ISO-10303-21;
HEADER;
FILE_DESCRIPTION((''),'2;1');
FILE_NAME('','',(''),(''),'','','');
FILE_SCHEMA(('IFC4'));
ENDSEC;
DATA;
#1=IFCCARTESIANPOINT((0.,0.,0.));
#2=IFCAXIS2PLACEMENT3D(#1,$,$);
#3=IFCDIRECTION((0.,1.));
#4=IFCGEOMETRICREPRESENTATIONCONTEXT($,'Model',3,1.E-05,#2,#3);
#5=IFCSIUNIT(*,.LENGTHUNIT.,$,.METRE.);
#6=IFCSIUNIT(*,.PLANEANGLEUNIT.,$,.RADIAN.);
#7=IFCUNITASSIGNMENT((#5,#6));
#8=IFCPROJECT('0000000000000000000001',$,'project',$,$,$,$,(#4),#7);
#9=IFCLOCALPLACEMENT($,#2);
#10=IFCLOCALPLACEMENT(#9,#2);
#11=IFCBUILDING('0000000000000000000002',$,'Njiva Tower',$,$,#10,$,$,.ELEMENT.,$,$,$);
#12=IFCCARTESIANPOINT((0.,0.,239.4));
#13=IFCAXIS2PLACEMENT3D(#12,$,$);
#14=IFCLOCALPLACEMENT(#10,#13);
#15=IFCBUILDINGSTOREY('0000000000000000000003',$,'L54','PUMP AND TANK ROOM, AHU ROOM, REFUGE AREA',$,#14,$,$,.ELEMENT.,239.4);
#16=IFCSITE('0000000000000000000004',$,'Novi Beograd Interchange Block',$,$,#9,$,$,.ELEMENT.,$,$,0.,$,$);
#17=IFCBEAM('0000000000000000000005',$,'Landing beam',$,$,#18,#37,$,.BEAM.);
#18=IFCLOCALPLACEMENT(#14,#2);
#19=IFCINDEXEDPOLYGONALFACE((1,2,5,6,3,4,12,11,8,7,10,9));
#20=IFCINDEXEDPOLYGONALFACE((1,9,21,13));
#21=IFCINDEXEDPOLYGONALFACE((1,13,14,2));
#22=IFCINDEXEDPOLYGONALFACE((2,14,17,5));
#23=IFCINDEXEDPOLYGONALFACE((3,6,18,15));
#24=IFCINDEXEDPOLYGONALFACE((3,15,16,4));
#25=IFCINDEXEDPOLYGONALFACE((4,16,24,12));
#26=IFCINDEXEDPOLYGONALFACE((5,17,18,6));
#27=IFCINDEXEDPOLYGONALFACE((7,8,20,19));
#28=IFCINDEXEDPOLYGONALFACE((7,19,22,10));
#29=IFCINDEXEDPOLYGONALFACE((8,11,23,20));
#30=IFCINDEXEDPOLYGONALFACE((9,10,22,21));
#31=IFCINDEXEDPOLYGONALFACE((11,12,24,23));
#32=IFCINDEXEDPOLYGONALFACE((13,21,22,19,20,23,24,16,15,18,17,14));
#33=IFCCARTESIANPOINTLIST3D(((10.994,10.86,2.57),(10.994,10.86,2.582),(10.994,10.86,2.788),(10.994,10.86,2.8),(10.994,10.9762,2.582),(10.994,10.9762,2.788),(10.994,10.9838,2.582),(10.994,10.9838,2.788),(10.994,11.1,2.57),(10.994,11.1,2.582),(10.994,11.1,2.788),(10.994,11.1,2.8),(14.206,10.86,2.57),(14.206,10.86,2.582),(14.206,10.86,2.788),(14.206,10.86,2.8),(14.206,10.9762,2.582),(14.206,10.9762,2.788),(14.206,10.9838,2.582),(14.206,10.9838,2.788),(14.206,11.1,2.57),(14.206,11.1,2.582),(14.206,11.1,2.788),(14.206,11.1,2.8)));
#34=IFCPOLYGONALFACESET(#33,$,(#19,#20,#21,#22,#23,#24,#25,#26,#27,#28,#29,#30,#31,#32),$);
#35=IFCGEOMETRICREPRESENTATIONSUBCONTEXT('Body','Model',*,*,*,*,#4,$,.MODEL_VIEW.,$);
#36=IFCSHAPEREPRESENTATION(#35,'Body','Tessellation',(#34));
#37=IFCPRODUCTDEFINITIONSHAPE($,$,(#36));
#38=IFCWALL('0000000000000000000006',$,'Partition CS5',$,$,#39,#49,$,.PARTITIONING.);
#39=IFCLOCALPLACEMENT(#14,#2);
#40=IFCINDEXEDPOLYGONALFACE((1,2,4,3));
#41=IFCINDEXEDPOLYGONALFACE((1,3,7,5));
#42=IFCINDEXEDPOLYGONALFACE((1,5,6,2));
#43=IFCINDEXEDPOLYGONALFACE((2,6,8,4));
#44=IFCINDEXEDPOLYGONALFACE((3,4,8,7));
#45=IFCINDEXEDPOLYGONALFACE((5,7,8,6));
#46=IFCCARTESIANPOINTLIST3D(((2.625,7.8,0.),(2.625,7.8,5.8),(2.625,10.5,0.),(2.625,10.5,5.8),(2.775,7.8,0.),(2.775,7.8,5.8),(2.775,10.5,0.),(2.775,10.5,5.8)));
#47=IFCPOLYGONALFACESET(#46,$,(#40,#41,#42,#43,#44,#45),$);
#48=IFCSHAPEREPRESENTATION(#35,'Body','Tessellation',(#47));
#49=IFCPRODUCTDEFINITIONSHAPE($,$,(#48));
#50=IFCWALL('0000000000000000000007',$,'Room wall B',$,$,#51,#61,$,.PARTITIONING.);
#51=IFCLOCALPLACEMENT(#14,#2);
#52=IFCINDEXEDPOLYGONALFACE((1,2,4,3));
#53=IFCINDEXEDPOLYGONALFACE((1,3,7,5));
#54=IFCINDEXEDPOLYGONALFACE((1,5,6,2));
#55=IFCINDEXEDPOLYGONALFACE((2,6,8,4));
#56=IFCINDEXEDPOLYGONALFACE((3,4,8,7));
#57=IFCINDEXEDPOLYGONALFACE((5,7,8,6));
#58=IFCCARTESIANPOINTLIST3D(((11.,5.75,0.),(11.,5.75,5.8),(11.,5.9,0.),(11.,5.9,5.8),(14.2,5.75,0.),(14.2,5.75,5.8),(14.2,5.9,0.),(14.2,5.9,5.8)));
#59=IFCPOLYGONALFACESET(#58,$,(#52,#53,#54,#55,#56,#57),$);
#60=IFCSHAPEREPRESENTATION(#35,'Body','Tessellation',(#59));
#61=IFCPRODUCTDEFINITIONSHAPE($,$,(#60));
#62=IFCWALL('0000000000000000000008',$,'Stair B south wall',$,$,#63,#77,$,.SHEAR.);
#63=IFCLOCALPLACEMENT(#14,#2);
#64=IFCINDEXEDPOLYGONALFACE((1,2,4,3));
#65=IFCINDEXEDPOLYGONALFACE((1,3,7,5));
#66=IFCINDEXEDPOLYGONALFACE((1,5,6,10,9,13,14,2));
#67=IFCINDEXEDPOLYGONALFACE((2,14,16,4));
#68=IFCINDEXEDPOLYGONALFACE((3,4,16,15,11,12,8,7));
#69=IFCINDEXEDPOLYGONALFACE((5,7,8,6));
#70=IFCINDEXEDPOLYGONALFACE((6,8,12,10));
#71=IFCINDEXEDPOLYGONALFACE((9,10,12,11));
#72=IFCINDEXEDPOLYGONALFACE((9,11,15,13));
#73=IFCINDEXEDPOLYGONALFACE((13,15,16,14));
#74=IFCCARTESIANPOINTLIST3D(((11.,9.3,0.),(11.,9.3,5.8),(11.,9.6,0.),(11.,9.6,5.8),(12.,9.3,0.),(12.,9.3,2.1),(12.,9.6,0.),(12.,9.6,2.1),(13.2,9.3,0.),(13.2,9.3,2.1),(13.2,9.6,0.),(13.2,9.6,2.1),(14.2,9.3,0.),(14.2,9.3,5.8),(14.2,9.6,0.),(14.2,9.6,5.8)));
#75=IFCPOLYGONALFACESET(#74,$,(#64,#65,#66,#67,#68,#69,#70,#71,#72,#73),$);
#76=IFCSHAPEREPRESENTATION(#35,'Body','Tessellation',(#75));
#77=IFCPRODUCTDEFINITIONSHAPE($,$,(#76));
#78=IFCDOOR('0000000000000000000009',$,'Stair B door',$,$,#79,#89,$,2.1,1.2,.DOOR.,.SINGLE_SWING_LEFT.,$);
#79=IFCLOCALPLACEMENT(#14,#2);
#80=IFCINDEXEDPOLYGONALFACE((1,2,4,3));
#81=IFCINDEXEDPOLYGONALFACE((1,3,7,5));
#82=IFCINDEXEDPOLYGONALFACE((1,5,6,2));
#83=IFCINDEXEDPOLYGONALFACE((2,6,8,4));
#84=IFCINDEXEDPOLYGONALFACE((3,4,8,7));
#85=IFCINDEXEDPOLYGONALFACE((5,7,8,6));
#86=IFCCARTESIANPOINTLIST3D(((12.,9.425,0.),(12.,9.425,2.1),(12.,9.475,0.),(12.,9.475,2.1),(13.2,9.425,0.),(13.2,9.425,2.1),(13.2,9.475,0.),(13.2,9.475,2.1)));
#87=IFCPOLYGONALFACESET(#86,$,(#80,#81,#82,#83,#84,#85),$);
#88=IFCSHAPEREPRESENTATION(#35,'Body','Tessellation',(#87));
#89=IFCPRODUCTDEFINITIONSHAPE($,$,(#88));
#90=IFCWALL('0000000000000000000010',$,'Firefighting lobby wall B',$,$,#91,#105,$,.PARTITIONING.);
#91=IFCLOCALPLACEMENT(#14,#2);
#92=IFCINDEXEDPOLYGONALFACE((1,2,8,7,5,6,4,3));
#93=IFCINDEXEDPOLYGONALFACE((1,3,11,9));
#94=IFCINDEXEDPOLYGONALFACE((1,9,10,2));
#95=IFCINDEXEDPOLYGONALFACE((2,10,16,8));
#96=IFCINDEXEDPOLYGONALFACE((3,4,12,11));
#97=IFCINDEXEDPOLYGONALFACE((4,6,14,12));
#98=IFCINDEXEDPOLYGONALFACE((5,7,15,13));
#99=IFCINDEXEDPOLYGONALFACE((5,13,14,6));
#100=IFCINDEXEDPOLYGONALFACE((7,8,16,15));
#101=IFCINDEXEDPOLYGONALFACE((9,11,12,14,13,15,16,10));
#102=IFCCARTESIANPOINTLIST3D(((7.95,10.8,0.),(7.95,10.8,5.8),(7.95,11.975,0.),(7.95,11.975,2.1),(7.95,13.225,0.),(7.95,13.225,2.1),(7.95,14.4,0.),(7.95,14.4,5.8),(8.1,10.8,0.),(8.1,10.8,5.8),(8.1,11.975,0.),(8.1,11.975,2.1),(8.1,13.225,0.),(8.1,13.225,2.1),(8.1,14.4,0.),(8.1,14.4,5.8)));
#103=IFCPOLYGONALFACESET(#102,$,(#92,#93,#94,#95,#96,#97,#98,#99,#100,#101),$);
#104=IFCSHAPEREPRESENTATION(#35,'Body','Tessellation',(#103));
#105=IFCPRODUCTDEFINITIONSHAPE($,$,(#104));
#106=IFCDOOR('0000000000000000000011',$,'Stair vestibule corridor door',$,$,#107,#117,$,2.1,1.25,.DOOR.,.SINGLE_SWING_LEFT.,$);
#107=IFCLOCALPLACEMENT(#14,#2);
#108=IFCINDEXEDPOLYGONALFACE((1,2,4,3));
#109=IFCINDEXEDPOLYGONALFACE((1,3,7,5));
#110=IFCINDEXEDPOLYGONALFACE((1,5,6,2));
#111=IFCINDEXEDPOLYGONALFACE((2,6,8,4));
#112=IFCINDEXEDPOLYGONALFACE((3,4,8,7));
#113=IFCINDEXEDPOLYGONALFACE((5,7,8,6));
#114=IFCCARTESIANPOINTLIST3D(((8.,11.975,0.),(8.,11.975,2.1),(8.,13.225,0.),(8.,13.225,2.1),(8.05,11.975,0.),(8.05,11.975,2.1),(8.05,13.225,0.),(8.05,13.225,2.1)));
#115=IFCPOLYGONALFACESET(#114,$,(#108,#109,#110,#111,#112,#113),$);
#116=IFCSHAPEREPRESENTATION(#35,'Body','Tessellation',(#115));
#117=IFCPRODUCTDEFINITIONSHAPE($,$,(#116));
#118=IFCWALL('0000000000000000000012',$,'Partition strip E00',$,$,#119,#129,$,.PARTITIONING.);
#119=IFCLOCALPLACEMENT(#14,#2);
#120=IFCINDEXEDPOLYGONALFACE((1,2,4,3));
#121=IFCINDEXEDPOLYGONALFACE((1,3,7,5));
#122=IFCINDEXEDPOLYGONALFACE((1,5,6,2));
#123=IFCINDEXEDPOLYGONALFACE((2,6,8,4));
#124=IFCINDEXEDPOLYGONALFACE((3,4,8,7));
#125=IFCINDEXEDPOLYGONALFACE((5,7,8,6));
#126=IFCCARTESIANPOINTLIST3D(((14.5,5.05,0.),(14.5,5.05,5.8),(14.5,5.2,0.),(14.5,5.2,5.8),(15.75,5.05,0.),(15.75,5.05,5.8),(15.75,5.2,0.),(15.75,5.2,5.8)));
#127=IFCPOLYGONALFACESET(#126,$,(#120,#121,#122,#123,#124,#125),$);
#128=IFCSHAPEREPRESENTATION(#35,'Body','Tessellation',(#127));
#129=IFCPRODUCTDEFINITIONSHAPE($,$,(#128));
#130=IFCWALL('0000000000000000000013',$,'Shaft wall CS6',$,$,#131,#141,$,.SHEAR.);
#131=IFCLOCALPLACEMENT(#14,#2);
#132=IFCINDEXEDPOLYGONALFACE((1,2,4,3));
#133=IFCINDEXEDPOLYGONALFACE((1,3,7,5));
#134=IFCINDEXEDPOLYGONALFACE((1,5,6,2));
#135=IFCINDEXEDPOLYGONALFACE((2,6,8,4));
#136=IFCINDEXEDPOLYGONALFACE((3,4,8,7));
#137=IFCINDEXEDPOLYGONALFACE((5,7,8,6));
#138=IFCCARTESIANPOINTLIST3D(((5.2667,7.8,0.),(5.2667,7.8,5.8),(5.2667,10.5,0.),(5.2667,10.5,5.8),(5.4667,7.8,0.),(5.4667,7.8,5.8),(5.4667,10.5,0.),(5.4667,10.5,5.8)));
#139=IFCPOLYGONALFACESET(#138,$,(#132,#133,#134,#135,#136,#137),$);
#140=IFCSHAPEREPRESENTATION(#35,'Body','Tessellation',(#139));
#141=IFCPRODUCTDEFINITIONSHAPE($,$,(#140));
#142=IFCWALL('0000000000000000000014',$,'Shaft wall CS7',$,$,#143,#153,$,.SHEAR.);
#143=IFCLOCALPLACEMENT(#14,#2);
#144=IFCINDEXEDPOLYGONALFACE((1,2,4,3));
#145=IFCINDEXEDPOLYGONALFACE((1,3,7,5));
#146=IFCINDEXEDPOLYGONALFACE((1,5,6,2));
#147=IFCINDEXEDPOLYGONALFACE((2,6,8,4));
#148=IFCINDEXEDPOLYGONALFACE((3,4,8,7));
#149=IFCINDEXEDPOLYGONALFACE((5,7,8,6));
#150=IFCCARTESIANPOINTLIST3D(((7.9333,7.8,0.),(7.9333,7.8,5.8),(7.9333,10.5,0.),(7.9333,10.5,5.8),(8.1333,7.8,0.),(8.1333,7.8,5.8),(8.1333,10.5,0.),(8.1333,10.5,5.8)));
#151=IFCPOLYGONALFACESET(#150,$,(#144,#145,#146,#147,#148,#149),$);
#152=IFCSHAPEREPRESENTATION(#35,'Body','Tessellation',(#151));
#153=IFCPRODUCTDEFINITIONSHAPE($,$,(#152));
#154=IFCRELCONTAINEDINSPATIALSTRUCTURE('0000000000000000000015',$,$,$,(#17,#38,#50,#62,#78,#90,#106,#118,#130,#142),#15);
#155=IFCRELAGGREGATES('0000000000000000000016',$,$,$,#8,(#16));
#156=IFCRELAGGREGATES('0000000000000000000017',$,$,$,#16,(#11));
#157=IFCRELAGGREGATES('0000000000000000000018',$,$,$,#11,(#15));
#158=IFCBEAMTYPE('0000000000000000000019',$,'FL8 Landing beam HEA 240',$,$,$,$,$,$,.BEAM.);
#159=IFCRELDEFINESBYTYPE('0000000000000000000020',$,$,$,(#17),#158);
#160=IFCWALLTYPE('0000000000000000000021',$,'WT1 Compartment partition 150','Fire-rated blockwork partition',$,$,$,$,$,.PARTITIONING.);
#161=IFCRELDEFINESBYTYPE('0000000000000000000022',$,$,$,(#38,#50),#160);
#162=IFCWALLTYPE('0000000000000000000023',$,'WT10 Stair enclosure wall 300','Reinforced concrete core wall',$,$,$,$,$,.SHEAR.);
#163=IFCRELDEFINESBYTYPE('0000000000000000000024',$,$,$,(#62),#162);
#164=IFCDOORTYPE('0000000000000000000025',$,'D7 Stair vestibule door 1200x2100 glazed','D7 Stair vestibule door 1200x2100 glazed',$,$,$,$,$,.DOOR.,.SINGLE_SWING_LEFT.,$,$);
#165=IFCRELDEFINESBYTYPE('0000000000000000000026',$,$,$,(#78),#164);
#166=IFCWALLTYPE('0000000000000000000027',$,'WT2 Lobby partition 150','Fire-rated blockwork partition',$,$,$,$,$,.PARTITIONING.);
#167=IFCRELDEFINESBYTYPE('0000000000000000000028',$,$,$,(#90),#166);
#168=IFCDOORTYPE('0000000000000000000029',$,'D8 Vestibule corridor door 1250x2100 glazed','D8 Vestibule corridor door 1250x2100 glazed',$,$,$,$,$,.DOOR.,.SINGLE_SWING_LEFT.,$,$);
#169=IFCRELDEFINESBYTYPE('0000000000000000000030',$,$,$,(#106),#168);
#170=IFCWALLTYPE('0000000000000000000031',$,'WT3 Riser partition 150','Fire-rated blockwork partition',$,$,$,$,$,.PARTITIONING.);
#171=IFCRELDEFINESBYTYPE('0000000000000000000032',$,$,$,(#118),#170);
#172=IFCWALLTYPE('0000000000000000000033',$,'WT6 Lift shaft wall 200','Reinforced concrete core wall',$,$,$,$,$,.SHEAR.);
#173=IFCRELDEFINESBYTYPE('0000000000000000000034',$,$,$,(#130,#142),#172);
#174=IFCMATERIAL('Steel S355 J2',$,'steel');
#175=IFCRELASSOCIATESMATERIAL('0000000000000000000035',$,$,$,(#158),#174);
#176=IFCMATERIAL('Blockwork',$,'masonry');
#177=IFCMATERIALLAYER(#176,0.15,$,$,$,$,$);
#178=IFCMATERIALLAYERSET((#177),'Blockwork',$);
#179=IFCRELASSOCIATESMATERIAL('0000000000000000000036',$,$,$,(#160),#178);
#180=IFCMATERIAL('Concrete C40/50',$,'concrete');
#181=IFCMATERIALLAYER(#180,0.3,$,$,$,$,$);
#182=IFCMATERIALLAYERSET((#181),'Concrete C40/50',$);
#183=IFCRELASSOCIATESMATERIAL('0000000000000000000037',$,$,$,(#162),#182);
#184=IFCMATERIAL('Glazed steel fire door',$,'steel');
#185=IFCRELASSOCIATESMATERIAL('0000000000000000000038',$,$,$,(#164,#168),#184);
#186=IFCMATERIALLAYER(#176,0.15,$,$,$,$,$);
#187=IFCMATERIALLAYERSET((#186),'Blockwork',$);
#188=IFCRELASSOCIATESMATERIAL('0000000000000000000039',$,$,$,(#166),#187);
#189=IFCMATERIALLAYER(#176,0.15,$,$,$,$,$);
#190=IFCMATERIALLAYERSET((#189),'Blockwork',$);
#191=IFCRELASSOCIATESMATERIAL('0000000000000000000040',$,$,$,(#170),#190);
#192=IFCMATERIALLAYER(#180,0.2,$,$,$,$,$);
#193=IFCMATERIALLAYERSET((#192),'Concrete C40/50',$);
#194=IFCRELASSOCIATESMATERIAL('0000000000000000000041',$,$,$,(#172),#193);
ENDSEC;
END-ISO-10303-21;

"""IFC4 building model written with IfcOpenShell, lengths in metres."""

from ifc_helpers import new_model, si_unit, direction, frame, frame_2d, origin, origin_2d, place, context, subcontext, project, spatial, rectangle, i_section, extrude, material, layer, layer_set, material_profile, profile_set, type_object, element, fill, save


model = new_model("IFC4")

# Units and contexts
model_context = context("Model", 3, precision=1e-05, world=origin(), true_north=direction((0.0, 1.0)))
body_context = subcontext(model_context, "Body", "Model", "MODEL_VIEW")
ifc_project = project(units=[si_unit("LENGTHUNIT", "METRE"), si_unit("PLANEANGLEUNIT", "RADIAN")], contexts=[model_context])

# Site, building, storey
site_placement = place(None, origin())
site = spatial("IfcSite", under=ifc_project, at=site_placement, Name="Novi Beograd Interchange Block", CompositionType="ELEMENT", RefElevation=0.0)
building_placement = place(site_placement, origin())
building = spatial("IfcBuilding", under=site, at=building_placement, Name="Njiva Tower", CompositionType="ELEMENT")
storey_placement = place(building_placement, frame((0.0, 0.0, 239.4)))
storey = spatial("IfcBuildingStorey", under=building, at=storey_placement, Name="L54", Description="PUMP AND TANK ROOM, AHU ROOM, REFUGE AREA", CompositionType="ELEMENT", Elevation=239.4)

# Beam
ifc_material_1 = material(Name="Steel S355 J2", Category="steel")
ifc_material_profile = material_profile(ifc_material_1, i_section(OverallWidth=0.24, OverallDepth=0.23, WebThickness=0.0075, FlangeThickness=0.012, at=origin_2d()), Name="HEA240")
ifc_profile_set = profile_set([ifc_material_profile], Name="Steel S355 J2")
beam_type = type_object("IfcBeamType", Name="FL8 Landing beam HEA 240", PredefinedType="BEAM", material=ifc_profile_set)
beam_placement = place(storey_placement, frame((10.994, 10.98, 2.685), z_axis=(1.0, 0.0, 0.0), x_axis=(0.0, 1.0, 0.0)))
element("IfcBeam", 1, at=beam_placement, inside=storey, type_object=beam_type, Name="Landing beam", PredefinedType="BEAM", context=body_context, shape_type="SweptSolid", body=[
    extrude(i_section(OverallWidth=0.24, OverallDepth=0.23, WebThickness=0.0075, FlangeThickness=0.012, at=origin_2d()), origin(), (0.0, 0.0, 1.0), 3.212),
])

# Walls
ifc_material_2 = material(Name="Blockwork", Category="masonry")
ifc_layer_1 = layer(ifc_material_2, 0.15)
ifc_layer_set_1 = layer_set([ifc_layer_1], Name="Blockwork")
wall_type_1 = type_object("IfcWallType", Name="WT1 Compartment partition 150", Description="Fire-rated blockwork partition", PredefinedType="PARTITIONING", material=ifc_layer_set_1)
wall_1_placement = place(storey_placement, frame((2.7, 7.8, 0.0), z_axis=(0.0, 0.0, 1.0), x_axis=(0.0, 1.0, 0.0)))
element("IfcWall", 2, at=wall_1_placement, inside=storey, type_object=wall_type_1, Name="Partition CS5", PredefinedType="PARTITIONING", context=body_context, shape_type="SweptSolid", body=[
    extrude(rectangle(XDim=2.7, YDim=0.15, at=frame_2d((1.35, 0.0))), origin(), (0.0, 0.0, 1.0), 5.8),
])
wall_2_placement = place(storey_placement, frame((11.0, 5.825, 0.0), z_axis=(0.0, 0.0, 1.0), x_axis=(1.0, 0.0, 0.0)))
element("IfcWall", 3, at=wall_2_placement, inside=storey, type_object=wall_type_1, Name="Room wall B", PredefinedType="PARTITIONING", context=body_context, shape_type="SweptSolid", body=[
    extrude(rectangle(XDim=3.2, YDim=0.15, at=frame_2d((1.6, 0.0))), origin(), (0.0, 0.0, 1.0), 5.8),
])

# Walls, openings, doors
ifc_material_3 = material(Name="Concrete C40/50", Category="concrete")
ifc_layer_2 = layer(ifc_material_3, 0.3)
ifc_layer_set_2 = layer_set([ifc_layer_2], Name="Concrete C40/50")
wall_type_2 = type_object("IfcWallType", Name="WT10 Stair enclosure wall 300", Description="Reinforced concrete core wall", PredefinedType="SHEAR", material=ifc_layer_set_2)
wall_3_placement = place(storey_placement, frame((11.0, 9.45, 0.0), z_axis=(0.0, 0.0, 1.0), x_axis=(1.0, 0.0, 0.0)))
wall_3 = element("IfcWall", 4, at=wall_3_placement, inside=storey, type_object=wall_type_2, Name="Stair B south wall", PredefinedType="SHEAR", context=body_context, shape_type="SweptSolid", body=[
    extrude(rectangle(XDim=3.2, YDim=0.3, at=frame_2d((1.6, 0.0))), origin(), (0.0, 0.0, 1.0), 5.8),
])
opening_1_placement = place(wall_3_placement, frame((1.0, 0.0, 0.0)))
opening_1 = element("IfcOpeningElement", 5, at=opening_1_placement, cuts=wall_3, PredefinedType="OPENING", context=body_context, shape_type="SweptSolid", body=[
    extrude(rectangle(XDim=1.2, YDim=2.1, at=frame_2d((0.6, 1.05))), frame((0.0, 0.16, 0.0), z_axis=(0.0, -1.0, 0.0), x_axis=(1.0, 0.0, 0.0)), (0.0, 0.0, 1.0), 0.32),
])
ifc_material_4 = material(Name="Glazed steel fire door", Category="steel")
door_type_1 = type_object("IfcDoorType", Name="D7 Stair vestibule door 1200x2100 glazed", Description="D7 Stair vestibule door 1200x2100 glazed", OperationType="SINGLE_SWING_LEFT", PredefinedType="DOOR", material=ifc_material_4)
door_1_placement = place(opening_1_placement, origin())
door_1 = element("IfcDoor", 6, at=door_1_placement, inside=storey, type_object=door_type_1, Name="Stair B door", OperationType="SINGLE_SWING_LEFT", OverallHeight=2.1, OverallWidth=1.2, PredefinedType="DOOR", context=body_context, shape_type="SweptSolid", body=[
    extrude(rectangle(XDim=1.2, YDim=2.1, at=frame_2d((0.6, 1.05))), frame((0.0, 0.025, 0.0), z_axis=(0.0, -1.0, 0.0), x_axis=(1.0, 0.0, 0.0)), (0.0, 0.0, 1.0), 0.05),
])
fill(opening_1, door_1)
ifc_layer_3 = layer(ifc_material_2, 0.15)
ifc_layer_set_3 = layer_set([ifc_layer_3], Name="Blockwork")
wall_type_3 = type_object("IfcWallType", Name="WT2 Lobby partition 150", Description="Fire-rated blockwork partition", PredefinedType="PARTITIONING", material=ifc_layer_set_3)
wall_4_placement = place(storey_placement, frame((8.025, 10.8, 0.0), z_axis=(0.0, 0.0, 1.0), x_axis=(0.0, 1.0, 0.0)))
wall_4 = element("IfcWall", 7, at=wall_4_placement, inside=storey, type_object=wall_type_3, Name="Firefighting lobby wall B", PredefinedType="PARTITIONING", context=body_context, shape_type="SweptSolid", body=[
    extrude(rectangle(XDim=3.6, YDim=0.15, at=frame_2d((1.8, 0.0))), origin(), (0.0, 0.0, 1.0), 5.8),
])
opening_2_placement = place(wall_4_placement, frame((1.175, 0.0, 0.0)))
opening_2 = element("IfcOpeningElement", 8, at=opening_2_placement, cuts=wall_4, PredefinedType="OPENING", context=body_context, shape_type="SweptSolid", body=[
    extrude(rectangle(XDim=1.25, YDim=2.1, at=frame_2d((0.625, 1.05))), frame((0.0, 0.085, 0.0), z_axis=(0.0, -1.0, 0.0), x_axis=(1.0, 0.0, 0.0)), (0.0, 0.0, 1.0), 0.17),
])
door_type_2 = type_object("IfcDoorType", Name="D8 Vestibule corridor door 1250x2100 glazed", Description="D8 Vestibule corridor door 1250x2100 glazed", OperationType="SINGLE_SWING_LEFT", PredefinedType="DOOR", material=ifc_material_4)
door_2_placement = place(opening_2_placement, origin())
door_2 = element("IfcDoor", 9, at=door_2_placement, inside=storey, type_object=door_type_2, Name="Stair vestibule corridor door", OperationType="SINGLE_SWING_LEFT", OverallHeight=2.1, OverallWidth=1.25, PredefinedType="DOOR", context=body_context, shape_type="SweptSolid", body=[
    extrude(rectangle(XDim=1.25, YDim=2.1, at=frame_2d((0.625, 1.05))), frame((0.0, 0.025, 0.0), z_axis=(0.0, -1.0, 0.0), x_axis=(1.0, 0.0, 0.0)), (0.0, 0.0, 1.0), 0.05),
])
fill(opening_2, door_2)

# Walls
ifc_layer_4 = layer(ifc_material_2, 0.15)
ifc_layer_set_4 = layer_set([ifc_layer_4], Name="Blockwork")
wall_type_4 = type_object("IfcWallType", Name="WT3 Riser partition 150", Description="Fire-rated blockwork partition", PredefinedType="PARTITIONING", material=ifc_layer_set_4)
wall_5_placement = place(storey_placement, frame((14.5, 5.125, 0.0), z_axis=(0.0, 0.0, 1.0), x_axis=(1.0, 0.0, 0.0)))
element("IfcWall", 10, at=wall_5_placement, inside=storey, type_object=wall_type_4, Name="Partition strip E00", PredefinedType="PARTITIONING", context=body_context, shape_type="SweptSolid", body=[
    extrude(rectangle(XDim=1.25, YDim=0.15, at=frame_2d((0.625, 0.0))), origin(), (0.0, 0.0, 1.0), 5.8),
])
ifc_layer_5 = layer(ifc_material_3, 0.2)
ifc_layer_set_5 = layer_set([ifc_layer_5], Name="Concrete C40/50")
wall_type_5 = type_object("IfcWallType", Name="WT6 Lift shaft wall 200", Description="Reinforced concrete core wall", PredefinedType="SHEAR", material=ifc_layer_set_5)
for number, where, z_axis, x_axis, name in (
    (11, (5.3667, 7.8, 0.0), (0.0, 0.0, 1.0), (0.0, 1.0, 0.0), "Shaft wall CS6"),
    (12, (8.0333, 7.8, 0.0), (0.0, 0.0, 1.0), (0.0, 1.0, 0.0), "Shaft wall CS7"),
):
    element("IfcWall", number, at=place(storey_placement, frame(where, z_axis=z_axis, x_axis=x_axis)), inside=storey, type_object=wall_type_5, Name=name, PredefinedType="SHEAR", context=body_context, shape_type="SweptSolid", body=[
        extrude(rectangle(XDim=2.7, YDim=0.2, at=frame_2d((1.35, 0.0))), origin(), (0.0, 0.0, 1.0), 5.8),
    ])

save(model, "model.ifc")
